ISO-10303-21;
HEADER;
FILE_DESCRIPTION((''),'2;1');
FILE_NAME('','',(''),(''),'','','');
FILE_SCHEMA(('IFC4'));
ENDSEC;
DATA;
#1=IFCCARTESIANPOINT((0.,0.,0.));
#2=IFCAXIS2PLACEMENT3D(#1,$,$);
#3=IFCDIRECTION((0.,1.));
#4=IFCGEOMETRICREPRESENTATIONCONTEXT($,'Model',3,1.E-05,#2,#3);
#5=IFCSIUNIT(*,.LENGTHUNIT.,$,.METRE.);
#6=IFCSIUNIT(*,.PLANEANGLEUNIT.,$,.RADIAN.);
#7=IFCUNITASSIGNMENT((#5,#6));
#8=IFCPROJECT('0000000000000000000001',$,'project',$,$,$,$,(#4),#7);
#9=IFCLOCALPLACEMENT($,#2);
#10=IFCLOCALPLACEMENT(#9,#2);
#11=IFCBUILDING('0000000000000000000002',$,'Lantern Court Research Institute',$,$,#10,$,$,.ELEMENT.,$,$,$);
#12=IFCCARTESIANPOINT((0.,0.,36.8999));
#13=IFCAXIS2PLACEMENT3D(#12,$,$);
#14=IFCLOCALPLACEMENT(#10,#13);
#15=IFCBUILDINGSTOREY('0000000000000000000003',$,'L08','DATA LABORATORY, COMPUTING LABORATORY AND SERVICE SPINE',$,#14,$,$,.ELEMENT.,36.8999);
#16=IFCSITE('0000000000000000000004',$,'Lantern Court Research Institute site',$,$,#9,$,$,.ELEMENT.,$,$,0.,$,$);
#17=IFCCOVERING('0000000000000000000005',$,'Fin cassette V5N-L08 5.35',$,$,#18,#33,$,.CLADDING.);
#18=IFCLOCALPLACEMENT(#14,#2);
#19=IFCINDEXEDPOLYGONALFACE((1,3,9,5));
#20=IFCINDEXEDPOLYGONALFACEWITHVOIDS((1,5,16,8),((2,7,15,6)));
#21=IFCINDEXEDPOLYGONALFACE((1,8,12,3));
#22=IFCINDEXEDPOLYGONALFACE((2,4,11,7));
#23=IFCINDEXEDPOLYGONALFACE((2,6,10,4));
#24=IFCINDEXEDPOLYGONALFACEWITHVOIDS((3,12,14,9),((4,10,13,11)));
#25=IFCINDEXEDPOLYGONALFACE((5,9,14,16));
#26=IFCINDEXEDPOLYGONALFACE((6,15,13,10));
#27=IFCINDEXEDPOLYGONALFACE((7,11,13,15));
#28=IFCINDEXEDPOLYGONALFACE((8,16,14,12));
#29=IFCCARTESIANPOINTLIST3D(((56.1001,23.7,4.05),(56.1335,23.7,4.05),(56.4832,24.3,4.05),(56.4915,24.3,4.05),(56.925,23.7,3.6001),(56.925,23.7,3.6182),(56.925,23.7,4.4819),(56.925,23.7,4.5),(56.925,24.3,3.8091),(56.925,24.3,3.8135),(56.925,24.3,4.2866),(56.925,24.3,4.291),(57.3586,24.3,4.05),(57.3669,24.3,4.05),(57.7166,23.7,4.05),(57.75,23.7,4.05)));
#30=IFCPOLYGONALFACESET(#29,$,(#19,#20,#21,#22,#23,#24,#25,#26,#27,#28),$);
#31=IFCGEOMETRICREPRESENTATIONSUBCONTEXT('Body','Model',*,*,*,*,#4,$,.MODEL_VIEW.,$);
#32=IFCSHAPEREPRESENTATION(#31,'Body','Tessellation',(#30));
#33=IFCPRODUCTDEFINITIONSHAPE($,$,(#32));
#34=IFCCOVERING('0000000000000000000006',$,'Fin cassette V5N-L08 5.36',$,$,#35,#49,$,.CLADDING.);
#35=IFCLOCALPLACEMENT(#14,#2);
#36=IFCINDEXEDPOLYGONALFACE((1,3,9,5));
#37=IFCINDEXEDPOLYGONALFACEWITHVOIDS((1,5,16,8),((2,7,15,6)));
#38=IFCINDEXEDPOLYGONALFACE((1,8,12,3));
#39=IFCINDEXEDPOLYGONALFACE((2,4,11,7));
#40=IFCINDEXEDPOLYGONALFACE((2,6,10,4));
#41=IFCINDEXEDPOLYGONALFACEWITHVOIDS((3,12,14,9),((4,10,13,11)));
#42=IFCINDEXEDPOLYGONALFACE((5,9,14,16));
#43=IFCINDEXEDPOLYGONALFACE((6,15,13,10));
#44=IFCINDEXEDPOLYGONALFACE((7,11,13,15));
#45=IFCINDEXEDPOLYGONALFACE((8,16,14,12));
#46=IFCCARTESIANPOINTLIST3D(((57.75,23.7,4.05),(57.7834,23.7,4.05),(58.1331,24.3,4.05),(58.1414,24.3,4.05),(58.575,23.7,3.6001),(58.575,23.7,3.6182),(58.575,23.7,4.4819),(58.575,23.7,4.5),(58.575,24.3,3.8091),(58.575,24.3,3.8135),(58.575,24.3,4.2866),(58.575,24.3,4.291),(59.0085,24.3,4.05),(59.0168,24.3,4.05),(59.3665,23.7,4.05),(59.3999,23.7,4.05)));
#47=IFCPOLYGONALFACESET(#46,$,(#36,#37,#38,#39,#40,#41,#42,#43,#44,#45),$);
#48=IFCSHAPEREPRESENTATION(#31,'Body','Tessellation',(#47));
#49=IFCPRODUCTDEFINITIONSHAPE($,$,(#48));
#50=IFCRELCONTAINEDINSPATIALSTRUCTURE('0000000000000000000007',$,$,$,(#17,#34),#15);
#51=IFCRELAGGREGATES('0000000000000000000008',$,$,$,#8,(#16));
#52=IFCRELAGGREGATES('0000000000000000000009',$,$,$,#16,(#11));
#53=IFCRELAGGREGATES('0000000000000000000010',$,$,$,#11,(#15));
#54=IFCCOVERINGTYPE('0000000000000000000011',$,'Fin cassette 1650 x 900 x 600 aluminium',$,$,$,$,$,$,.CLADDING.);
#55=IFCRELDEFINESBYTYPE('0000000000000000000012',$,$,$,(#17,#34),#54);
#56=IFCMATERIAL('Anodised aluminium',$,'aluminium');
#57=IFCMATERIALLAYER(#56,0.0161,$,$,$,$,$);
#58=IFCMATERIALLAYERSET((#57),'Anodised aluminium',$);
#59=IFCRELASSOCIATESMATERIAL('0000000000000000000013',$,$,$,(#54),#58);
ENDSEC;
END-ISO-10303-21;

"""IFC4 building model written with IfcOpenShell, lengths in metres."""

from ifc_helpers import new_model, entity, si_unit, direction, frame, origin, place, context, subcontext, project, spatial, material, layer, layer_set, type_object, element, save


model = new_model("IFC4")

# Units and contexts
model_context = context("Model", 3, precision=1e-05, world=origin(), true_north=direction((0.0, 1.0)))
body_context = subcontext(model_context, "Body", "Model", "MODEL_VIEW")
ifc_project = project(units=[si_unit("LENGTHUNIT", "METRE"), si_unit("PLANEANGLEUNIT", "RADIAN")], contexts=[model_context])

# Site, building, storey
site_placement = place(None, origin())
site = spatial("IfcSite", under=ifc_project, at=site_placement, Name="Lantern Court Research Institute site", CompositionType="ELEMENT", RefElevation=0.0)
building_placement = place(site_placement, origin())
building = spatial("IfcBuilding", under=site, at=building_placement, Name="Lantern Court Research Institute", CompositionType="ELEMENT")
storey_placement = place(building_placement, frame((0.0, 0.0, 36.8999)))
storey = spatial("IfcBuildingStorey", under=building, at=storey_placement, Name="L08", Description="DATA LABORATORY, COMPUTING LABORATORY AND SERVICE SPINE", CompositionType="ELEMENT", Elevation=36.8999)

# Coverings
ifc_material_1 = material(Name="Anodised aluminium", Category="aluminium")
ifc_layer_1 = layer(ifc_material_1, 0.0161)
ifc_layer_set_1 = layer_set([ifc_layer_1], Name="Anodised aluminium")
covering_type = type_object("IfcCoveringType", Name="Fin cassette 1650 x 900 x 600 aluminium", PredefinedType="CLADDING", material=ifc_layer_set_1)
covering_1_placement = place(storey_placement, frame((56.925, 23.7, 4.05), z_axis=(0.0, 1.0, 0.0), x_axis=(-1.0, 0.0, 0.0)))
cartesian_point_1 = entity("IfcCartesianPoint", [0.825, 0.0])
cartesian_point_2 = entity("IfcCartesianPoint", [0.7915, 0.0])
cartesian_point_3 = entity("IfcCartesianPoint", [0.4419, 0.0])
cartesian_point_4 = entity("IfcCartesianPoint", [0.4336, 0.0])
element("IfcCovering", 1, at=covering_1_placement, inside=storey, type_object=covering_type, Name="Fin cassette V5N-L08 5.35", PredefinedType="CLADDING", context=body_context, shape_type="SweptSolid", body=[
    entity("IfcExtrudedAreaSolidTapered", entity("IfcArbitraryProfileDefWithVoids", "AREA", None, entity("IfcPolyline", [cartesian_point_1, entity("IfcCartesianPoint", [0.0, 0.45]), entity("IfcCartesianPoint", [-0.825, 0.0]), entity("IfcCartesianPoint", [0.0, -0.45]), cartesian_point_1]), [entity("IfcPolyline", [cartesian_point_2, entity("IfcCartesianPoint", [0.0, 0.4319]), entity("IfcCartesianPoint", [-0.7915, 0.0]), entity("IfcCartesianPoint", [0.0, -0.4319]), cartesian_point_2])]), entity("IfcAxis2Placement3D", entity("IfcCartesianPoint", [0.0, 0.0, 0.0])), entity("IfcDirection", [0.0, 0.0, 1.0]), 0.6001, entity("IfcArbitraryProfileDefWithVoids", "AREA", None, entity("IfcPolyline", [cartesian_point_3, entity("IfcCartesianPoint", [0.0, 0.241]), entity("IfcCartesianPoint", [-0.4419, 0.0]), entity("IfcCartesianPoint", [0.0, -0.241]), cartesian_point_3]), [entity("IfcPolyline", [cartesian_point_4, entity("IfcCartesianPoint", [0.0, 0.2366]), entity("IfcCartesianPoint", [-0.4336, 0.0]), entity("IfcCartesianPoint", [0.0, -0.2366]), cartesian_point_4])])),
])
covering_2_placement = place(storey_placement, frame((58.575, 23.7, 4.05), z_axis=(0.0, 1.0, 0.0), x_axis=(-1.0, 0.0, 0.0)))
cartesian_point_5 = entity("IfcCartesianPoint", [0.825, 0.0])
cartesian_point_6 = entity("IfcCartesianPoint", [0.7915, 0.0])
cartesian_point_7 = entity("IfcCartesianPoint", [0.4419, 0.0])
cartesian_point_8 = entity("IfcCartesianPoint", [0.4336, 0.0])
element("IfcCovering", 2, at=covering_2_placement, inside=storey, type_object=covering_type, Name="Fin cassette V5N-L08 5.36", PredefinedType="CLADDING", context=body_context, shape_type="SweptSolid", body=[
    entity("IfcExtrudedAreaSolidTapered", entity("IfcArbitraryProfileDefWithVoids", "AREA", None, entity("IfcPolyline", [cartesian_point_5, entity("IfcCartesianPoint", [0.0, 0.45]), entity("IfcCartesianPoint", [-0.825, 0.0]), entity("IfcCartesianPoint", [0.0, -0.45]), cartesian_point_5]), [entity("IfcPolyline", [cartesian_point_6, entity("IfcCartesianPoint", [0.0, 0.4319]), entity("IfcCartesianPoint", [-0.7915, 0.0]), entity("IfcCartesianPoint", [0.0, -0.4319]), cartesian_point_6])]), entity("IfcAxis2Placement3D", entity("IfcCartesianPoint", [0.0, 0.0, 0.0])), entity("IfcDirection", [0.0, 0.0, 1.0]), 0.6001, entity("IfcArbitraryProfileDefWithVoids", "AREA", None, entity("IfcPolyline", [cartesian_point_7, entity("IfcCartesianPoint", [0.0, 0.241]), entity("IfcCartesianPoint", [-0.4419, 0.0]), entity("IfcCartesianPoint", [0.0, -0.241]), cartesian_point_7]), [entity("IfcPolyline", [cartesian_point_8, entity("IfcCartesianPoint", [0.0, 0.2366]), entity("IfcCartesianPoint", [-0.4336, 0.0]), entity("IfcCartesianPoint", [0.0, -0.2366]), cartesian_point_8])])),
])

save(model, "model.ifc")
